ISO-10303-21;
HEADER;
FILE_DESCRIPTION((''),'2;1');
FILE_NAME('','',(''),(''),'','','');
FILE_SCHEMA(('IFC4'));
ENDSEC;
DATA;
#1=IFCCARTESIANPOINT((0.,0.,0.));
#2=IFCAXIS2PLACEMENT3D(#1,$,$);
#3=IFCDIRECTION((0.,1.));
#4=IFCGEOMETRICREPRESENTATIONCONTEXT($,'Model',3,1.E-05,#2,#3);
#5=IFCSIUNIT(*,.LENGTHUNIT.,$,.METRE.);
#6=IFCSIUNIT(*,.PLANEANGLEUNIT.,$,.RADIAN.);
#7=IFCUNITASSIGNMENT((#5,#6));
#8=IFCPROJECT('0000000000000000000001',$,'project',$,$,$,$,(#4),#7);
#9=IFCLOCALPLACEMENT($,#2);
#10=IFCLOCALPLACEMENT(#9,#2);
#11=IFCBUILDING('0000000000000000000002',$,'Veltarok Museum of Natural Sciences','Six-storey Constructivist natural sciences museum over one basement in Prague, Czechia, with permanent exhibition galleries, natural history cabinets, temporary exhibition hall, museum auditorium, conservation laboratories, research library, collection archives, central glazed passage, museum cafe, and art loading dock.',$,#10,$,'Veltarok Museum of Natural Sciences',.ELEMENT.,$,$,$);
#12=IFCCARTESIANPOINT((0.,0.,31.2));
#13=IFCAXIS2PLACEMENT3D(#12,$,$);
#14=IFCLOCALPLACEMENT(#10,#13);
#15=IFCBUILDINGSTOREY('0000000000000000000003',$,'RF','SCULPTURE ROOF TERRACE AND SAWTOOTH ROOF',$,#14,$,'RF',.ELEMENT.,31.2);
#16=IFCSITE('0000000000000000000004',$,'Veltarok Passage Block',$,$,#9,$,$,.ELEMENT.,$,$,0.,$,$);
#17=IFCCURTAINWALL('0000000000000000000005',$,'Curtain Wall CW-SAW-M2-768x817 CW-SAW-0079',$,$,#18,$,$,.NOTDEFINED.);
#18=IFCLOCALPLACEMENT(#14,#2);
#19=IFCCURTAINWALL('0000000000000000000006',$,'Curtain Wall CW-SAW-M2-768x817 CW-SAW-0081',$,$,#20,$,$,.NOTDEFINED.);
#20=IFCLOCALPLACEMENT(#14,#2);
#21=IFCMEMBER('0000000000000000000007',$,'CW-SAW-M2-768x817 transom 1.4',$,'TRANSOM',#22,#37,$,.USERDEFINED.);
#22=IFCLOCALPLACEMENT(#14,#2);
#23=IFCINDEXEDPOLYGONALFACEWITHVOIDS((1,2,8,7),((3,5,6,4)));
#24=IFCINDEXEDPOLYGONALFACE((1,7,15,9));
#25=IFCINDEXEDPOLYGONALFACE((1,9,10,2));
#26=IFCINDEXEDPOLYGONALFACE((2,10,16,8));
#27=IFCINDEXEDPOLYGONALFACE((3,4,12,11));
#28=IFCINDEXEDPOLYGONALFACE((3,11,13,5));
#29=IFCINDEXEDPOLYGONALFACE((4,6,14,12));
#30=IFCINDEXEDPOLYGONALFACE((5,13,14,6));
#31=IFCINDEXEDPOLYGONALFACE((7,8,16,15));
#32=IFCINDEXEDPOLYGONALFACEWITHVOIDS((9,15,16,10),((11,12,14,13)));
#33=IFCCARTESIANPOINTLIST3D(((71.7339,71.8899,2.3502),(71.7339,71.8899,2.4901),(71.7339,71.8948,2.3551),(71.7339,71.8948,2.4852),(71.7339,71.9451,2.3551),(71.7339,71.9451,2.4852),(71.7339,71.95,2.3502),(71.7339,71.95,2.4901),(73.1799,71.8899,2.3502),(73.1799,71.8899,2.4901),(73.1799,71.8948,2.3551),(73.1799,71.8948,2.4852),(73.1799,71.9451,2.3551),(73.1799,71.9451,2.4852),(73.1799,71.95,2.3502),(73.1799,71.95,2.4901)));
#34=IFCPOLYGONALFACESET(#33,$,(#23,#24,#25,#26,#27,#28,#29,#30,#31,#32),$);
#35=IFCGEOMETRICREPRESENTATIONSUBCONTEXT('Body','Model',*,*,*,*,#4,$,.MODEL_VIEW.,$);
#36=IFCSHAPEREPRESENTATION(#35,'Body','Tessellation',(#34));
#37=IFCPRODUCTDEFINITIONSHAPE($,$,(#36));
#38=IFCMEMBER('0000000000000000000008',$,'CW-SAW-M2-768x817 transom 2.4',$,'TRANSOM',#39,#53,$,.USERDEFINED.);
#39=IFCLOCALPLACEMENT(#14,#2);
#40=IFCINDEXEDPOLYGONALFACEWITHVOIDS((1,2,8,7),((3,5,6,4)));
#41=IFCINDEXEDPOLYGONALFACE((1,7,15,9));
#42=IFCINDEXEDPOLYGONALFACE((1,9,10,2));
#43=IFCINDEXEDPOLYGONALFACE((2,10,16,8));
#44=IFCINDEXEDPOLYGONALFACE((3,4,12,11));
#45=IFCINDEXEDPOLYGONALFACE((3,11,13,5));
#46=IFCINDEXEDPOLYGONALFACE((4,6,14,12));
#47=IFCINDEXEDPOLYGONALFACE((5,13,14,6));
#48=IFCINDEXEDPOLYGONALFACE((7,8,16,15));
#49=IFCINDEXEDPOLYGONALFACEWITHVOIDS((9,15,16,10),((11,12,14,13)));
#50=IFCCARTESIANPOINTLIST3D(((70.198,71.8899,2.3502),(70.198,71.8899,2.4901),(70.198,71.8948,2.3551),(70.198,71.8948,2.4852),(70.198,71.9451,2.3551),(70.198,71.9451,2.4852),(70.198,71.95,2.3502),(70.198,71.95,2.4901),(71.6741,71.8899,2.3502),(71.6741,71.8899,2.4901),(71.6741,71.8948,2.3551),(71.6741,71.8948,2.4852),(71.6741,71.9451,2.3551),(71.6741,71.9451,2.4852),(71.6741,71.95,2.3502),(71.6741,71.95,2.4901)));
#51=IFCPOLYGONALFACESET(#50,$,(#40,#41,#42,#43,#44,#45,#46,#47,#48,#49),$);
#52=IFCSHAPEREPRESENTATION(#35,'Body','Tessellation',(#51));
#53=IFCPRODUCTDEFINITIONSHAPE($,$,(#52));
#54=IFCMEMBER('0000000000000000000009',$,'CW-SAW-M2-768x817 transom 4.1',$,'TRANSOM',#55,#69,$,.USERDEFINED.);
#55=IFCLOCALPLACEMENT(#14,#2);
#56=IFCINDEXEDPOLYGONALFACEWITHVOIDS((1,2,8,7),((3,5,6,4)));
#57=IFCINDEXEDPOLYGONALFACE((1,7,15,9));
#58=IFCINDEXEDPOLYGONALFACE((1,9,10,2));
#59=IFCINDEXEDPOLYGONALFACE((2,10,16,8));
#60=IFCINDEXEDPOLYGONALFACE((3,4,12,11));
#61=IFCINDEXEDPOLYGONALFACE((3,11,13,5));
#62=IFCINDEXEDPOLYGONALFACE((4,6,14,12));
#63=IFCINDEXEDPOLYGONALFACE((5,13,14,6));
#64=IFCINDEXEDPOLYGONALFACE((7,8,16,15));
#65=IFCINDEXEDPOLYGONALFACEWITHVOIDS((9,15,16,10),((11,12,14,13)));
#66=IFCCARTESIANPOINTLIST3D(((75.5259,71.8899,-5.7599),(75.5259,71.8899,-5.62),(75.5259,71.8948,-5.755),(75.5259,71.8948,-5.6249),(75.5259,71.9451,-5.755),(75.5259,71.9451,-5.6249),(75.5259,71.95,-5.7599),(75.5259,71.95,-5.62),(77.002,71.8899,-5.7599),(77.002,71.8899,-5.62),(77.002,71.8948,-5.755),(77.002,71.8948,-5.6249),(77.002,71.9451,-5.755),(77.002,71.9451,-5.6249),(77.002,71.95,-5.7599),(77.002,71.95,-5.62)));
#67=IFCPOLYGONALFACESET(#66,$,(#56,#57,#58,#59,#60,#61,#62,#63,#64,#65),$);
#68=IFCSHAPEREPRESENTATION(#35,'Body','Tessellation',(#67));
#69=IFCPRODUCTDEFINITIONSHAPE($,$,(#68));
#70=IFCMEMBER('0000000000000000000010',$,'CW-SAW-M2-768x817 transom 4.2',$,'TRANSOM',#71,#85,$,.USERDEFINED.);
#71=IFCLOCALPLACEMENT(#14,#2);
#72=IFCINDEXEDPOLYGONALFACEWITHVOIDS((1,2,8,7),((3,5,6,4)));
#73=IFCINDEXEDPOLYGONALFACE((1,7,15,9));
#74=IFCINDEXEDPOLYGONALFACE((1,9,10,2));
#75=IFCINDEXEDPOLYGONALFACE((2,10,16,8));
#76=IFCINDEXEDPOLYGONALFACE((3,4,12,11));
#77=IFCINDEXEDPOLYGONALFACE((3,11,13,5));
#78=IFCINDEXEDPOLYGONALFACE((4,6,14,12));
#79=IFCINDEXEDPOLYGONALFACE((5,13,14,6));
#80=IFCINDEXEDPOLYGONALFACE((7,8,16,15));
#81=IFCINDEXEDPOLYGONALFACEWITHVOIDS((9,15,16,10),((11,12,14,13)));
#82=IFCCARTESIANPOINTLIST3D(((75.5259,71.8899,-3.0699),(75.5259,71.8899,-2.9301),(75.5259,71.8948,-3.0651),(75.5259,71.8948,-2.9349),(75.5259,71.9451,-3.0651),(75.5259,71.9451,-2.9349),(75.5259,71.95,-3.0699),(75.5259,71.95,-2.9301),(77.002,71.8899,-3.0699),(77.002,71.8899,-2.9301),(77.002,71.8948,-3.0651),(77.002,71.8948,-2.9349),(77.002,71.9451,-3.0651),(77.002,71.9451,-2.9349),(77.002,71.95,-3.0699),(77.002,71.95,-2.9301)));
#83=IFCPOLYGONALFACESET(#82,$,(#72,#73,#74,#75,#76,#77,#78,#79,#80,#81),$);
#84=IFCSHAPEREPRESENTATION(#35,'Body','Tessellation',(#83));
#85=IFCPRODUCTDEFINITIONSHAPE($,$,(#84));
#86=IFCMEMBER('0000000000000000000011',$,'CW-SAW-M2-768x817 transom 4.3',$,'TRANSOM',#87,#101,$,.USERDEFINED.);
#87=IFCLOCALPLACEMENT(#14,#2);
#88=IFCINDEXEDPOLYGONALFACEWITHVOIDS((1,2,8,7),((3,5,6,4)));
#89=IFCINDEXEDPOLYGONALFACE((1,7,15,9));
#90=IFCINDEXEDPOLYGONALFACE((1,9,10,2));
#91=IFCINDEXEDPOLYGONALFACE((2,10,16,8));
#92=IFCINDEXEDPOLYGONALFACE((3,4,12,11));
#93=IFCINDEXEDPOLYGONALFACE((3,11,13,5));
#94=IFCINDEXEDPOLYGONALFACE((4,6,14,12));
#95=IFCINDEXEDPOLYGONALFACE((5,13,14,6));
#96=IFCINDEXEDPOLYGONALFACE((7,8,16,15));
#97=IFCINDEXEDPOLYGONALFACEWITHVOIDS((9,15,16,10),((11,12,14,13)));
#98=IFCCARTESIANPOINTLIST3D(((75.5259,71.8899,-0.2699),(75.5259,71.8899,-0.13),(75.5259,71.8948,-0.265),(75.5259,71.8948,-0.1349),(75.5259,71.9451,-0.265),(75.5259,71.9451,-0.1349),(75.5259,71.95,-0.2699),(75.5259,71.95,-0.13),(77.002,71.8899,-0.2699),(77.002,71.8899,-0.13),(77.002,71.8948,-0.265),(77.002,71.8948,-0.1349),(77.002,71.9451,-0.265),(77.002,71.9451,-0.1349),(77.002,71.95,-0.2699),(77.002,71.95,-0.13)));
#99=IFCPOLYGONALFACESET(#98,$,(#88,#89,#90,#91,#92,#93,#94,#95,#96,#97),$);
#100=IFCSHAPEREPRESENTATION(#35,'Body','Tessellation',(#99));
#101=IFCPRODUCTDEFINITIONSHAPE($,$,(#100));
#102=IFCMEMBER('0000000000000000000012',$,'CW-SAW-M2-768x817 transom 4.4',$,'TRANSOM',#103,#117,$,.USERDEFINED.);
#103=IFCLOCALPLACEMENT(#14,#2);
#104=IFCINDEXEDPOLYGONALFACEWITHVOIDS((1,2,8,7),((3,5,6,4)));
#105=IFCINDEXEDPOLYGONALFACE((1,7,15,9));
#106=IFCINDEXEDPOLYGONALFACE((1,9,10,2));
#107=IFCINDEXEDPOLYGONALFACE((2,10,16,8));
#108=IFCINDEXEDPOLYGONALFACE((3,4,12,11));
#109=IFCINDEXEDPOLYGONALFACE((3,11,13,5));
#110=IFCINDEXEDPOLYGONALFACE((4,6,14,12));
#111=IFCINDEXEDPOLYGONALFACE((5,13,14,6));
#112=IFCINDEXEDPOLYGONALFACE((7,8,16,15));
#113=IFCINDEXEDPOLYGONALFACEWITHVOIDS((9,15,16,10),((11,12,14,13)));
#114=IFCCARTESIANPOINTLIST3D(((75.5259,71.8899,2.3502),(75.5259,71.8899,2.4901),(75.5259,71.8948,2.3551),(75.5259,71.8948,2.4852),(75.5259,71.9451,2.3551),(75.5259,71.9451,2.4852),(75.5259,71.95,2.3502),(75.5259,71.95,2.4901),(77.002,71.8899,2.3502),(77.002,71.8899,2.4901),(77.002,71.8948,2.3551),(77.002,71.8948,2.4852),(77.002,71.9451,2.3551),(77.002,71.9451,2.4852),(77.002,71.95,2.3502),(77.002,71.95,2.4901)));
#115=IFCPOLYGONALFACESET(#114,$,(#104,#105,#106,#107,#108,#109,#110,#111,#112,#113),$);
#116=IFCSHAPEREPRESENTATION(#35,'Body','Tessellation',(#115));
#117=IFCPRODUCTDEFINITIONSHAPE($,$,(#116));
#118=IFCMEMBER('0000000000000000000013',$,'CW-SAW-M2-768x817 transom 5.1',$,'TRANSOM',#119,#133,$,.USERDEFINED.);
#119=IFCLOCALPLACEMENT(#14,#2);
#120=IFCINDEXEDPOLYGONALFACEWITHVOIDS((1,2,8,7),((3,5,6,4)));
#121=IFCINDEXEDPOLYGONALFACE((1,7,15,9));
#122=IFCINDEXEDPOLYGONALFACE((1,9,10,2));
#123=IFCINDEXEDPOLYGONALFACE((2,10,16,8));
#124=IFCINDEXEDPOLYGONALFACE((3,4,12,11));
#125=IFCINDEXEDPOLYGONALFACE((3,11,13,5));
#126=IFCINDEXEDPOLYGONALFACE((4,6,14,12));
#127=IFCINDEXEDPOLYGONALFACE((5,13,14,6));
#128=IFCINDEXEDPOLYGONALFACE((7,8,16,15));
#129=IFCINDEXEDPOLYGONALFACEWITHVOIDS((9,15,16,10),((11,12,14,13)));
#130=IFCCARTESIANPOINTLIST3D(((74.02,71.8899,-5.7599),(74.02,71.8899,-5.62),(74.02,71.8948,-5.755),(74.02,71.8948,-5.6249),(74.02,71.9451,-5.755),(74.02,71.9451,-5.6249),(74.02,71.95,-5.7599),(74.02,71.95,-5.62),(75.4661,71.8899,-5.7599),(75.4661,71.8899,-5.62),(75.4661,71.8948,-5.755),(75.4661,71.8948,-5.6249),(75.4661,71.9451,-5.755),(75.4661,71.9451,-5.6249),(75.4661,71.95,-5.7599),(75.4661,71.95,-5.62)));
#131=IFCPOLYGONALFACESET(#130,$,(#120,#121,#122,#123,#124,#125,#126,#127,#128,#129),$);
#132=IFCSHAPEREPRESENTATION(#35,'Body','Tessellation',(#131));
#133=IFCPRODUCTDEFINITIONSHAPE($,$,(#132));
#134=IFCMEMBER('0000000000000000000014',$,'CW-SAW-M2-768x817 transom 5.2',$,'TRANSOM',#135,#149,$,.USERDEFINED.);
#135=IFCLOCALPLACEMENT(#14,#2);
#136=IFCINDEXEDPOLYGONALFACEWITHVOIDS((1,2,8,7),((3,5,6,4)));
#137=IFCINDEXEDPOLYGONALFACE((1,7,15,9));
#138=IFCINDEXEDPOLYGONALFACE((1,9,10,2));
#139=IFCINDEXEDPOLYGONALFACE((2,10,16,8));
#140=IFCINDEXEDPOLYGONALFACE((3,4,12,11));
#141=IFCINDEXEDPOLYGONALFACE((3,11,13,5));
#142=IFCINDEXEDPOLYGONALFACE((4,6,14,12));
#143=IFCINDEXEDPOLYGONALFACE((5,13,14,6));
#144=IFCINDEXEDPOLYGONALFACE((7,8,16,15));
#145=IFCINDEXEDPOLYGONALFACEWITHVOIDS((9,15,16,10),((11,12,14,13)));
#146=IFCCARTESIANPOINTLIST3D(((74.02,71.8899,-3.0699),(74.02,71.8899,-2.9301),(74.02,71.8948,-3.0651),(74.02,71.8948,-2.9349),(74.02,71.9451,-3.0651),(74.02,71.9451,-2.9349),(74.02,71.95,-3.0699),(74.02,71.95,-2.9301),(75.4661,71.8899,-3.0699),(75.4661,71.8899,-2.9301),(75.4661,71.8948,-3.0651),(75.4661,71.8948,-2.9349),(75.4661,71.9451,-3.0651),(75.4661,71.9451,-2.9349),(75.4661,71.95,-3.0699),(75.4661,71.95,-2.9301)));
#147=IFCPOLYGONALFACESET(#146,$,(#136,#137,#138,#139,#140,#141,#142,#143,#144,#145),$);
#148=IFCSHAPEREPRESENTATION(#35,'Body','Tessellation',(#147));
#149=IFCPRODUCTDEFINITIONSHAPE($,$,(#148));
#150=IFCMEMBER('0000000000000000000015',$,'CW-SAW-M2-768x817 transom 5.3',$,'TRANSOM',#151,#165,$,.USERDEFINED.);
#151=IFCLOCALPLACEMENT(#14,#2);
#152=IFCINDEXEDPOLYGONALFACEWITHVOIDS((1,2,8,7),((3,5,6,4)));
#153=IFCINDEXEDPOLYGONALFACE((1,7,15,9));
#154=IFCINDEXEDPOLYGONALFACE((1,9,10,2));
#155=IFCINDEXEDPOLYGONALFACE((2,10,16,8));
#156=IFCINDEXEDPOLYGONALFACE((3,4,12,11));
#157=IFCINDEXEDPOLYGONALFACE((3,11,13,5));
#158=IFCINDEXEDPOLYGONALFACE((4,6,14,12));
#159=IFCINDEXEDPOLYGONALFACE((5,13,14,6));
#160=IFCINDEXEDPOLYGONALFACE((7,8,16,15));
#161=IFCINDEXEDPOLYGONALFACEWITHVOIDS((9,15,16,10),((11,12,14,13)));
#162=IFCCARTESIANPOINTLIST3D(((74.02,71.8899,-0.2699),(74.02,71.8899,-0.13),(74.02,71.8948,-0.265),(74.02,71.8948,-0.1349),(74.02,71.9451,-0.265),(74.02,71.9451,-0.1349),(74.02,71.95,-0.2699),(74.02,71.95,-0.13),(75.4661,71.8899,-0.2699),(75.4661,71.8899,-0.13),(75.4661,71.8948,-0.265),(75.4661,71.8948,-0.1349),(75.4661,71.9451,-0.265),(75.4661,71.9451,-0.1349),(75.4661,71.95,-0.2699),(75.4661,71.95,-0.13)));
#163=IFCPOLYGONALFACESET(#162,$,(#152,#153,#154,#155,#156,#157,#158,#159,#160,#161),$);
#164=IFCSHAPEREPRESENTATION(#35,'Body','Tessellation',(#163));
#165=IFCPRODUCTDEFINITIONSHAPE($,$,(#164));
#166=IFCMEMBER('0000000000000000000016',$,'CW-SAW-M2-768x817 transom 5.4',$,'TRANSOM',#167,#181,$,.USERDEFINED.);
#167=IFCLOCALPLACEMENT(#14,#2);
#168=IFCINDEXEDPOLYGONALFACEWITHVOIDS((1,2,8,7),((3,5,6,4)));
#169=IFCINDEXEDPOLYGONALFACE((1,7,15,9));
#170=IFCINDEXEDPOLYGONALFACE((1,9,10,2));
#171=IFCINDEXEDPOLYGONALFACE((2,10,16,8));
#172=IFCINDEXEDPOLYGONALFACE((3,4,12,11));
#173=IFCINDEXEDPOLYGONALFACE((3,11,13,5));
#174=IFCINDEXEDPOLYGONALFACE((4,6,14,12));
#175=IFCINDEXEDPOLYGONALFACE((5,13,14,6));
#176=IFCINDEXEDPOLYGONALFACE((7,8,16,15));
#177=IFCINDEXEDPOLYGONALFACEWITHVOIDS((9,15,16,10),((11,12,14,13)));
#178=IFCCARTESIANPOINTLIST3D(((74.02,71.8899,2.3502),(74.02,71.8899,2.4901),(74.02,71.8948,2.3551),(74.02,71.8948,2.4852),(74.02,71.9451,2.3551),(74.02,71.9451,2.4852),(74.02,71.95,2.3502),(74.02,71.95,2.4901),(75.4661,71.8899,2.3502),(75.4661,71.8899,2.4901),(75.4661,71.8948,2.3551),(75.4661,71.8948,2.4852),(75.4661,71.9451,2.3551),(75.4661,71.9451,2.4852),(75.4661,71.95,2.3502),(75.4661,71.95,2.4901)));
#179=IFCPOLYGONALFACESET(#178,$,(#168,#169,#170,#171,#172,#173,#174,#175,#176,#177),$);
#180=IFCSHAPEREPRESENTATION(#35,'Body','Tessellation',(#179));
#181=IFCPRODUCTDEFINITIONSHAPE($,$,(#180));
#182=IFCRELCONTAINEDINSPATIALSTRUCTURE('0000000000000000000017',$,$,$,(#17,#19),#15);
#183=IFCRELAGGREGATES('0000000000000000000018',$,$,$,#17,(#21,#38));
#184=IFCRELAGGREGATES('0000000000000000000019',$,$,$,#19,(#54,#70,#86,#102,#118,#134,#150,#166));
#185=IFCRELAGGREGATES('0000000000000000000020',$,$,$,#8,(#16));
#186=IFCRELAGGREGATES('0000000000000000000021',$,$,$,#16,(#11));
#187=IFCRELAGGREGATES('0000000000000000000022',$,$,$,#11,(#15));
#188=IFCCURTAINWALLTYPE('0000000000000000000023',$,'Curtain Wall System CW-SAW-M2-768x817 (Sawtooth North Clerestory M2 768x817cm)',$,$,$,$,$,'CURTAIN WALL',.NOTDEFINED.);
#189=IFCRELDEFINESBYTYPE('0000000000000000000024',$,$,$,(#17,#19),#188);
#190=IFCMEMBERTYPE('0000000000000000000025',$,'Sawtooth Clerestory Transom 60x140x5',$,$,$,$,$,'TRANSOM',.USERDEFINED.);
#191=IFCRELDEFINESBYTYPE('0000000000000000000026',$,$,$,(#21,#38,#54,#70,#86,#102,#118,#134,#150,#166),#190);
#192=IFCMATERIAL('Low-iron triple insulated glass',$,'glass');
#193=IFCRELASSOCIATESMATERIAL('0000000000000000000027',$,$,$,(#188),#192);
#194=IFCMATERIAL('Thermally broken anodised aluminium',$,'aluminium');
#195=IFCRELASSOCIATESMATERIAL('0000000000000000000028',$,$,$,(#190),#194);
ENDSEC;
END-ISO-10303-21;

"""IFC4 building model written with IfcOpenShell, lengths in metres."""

from ifc_helpers import new_model, si_unit, direction, frame, origin, origin_2d, place, context, subcontext, project, spatial, hollow_rectangle, extrude, material, material_profile, profile_set, type_object, element, aggregate, save


model = new_model("IFC4")

# Units and contexts
model_context = context("Model", 3, precision=1e-05, world=origin(), true_north=direction((0.0, 1.0)))
body_context = subcontext(model_context, "Body", "Model", "MODEL_VIEW")
ifc_project = project(units=[si_unit("LENGTHUNIT", "METRE"), si_unit("PLANEANGLEUNIT", "RADIAN")], contexts=[model_context])

# Site, building, storey
site_placement = place(None, origin())
site = spatial("IfcSite", under=ifc_project, at=site_placement, Name="Veltarok Passage Block", CompositionType="ELEMENT", RefElevation=0.0)
building_placement = place(site_placement, origin())
building = spatial("IfcBuilding", under=site, at=building_placement, Name="Veltarok Museum of Natural Sciences", Description="Six-storey Constructivist natural sciences museum over one basement in Prague, Czechia, with permanent exhibition galleries, natural history cabinets, temporary exhibition hall, museum auditorium, conservation laboratories, research library, collection archives, central glazed passage, museum cafe, and art loading dock.", LongName="Veltarok Museum of Natural Sciences", CompositionType="ELEMENT")
storey_placement = place(building_placement, frame((0.0, 0.0, 31.2)))
storey = spatial("IfcBuildingStorey", under=building, at=storey_placement, Name="RF", Description="SCULPTURE ROOF TERRACE AND SAWTOOTH ROOF", LongName="RF", CompositionType="ELEMENT", Elevation=31.2)

# Curtain walls
ifc_material_1 = material(Name="Low-iron triple insulated glass", Category="glass")
curtain_wall_type = type_object("IfcCurtainWallType", Name="Curtain Wall System CW-SAW-M2-768x817 (Sawtooth North Clerestory M2 768x817cm)", ElementType="CURTAIN WALL", PredefinedType="NOTDEFINED", material=ifc_material_1)
curtain_wall_1_placement = place(storey_placement, origin())
curtain_wall_1 = element("IfcCurtainWall", 1, at=curtain_wall_1_placement, inside=storey, type_object=curtain_wall_type, Name="Curtain Wall CW-SAW-M2-768x817 CW-SAW-0079", PredefinedType="NOTDEFINED")
ifc_material_2 = material(Name="Thermally broken anodised aluminium", Category="aluminium")
curtain_wall_2_placement = place(storey_placement, origin())
curtain_wall_2 = element("IfcCurtainWall", 2, at=curtain_wall_2_placement, inside=storey, type_object=curtain_wall_type, Name="Curtain Wall CW-SAW-M2-768x817 CW-SAW-0081", PredefinedType="NOTDEFINED")

# Members
ifc_material_profile_1 = material_profile(ifc_material_2, hollow_rectangle(XDim=0.0601, YDim=0.1399, WallThickness=0.0049, at=origin_2d()), Name="CW TRANSOM 60x140x5")
ifc_profile_set_1 = profile_set([ifc_material_profile_1], Name="Thermally broken anodised aluminium")
member_type_1 = type_object("IfcMemberType", Name="Sawtooth Clerestory Transom 60x140x5", ElementType="TRANSOM", PredefinedType="USERDEFINED", material=ifc_profile_set_1)
member_1_placement = place(storey_placement, frame((73.1799, 71.9199, 2.4202), z_axis=(-1.0, 0.0, 0.0), x_axis=(0.0, -1.0, 0.0)))
member_1 = element("IfcMember", 3, at=member_1_placement, type_object=member_type_1, Name="CW-SAW-M2-768x817 transom 1.4", ObjectType="TRANSOM", PredefinedType="USERDEFINED", context=body_context, shape_type="SweptSolid", body=[
    extrude(hollow_rectangle(XDim=0.0601, YDim=0.1399, WallThickness=0.0049, at=origin_2d()), origin(), (0.0, 0.0, 1.0), 1.446),
])
member_2_placement = place(storey_placement, frame((71.6741, 71.9199, 2.4202), z_axis=(-1.0, 0.0, 0.0), x_axis=(0.0, -1.0, 0.0)))
member_2 = element("IfcMember", 4, at=member_2_placement, type_object=member_type_1, Name="CW-SAW-M2-768x817 transom 2.4", ObjectType="TRANSOM", PredefinedType="USERDEFINED", context=body_context, shape_type="SweptSolid", body=[
    extrude(hollow_rectangle(XDim=0.0601, YDim=0.1399, WallThickness=0.0049, at=origin_2d()), origin(), (0.0, 0.0, 1.0), 1.4761),
])
member_3_placement = place(storey_placement, frame((77.002, 71.9199, -5.6899), z_axis=(-1.0, 0.0, 0.0), x_axis=(0.0, -1.0, 0.0)))
member_3 = element("IfcMember", 5, at=member_3_placement, type_object=member_type_1, Name="CW-SAW-M2-768x817 transom 4.1", ObjectType="TRANSOM", PredefinedType="USERDEFINED", context=body_context, shape_type="SweptSolid", body=[
    extrude(hollow_rectangle(XDim=0.0601, YDim=0.1399, WallThickness=0.0049, at=origin_2d()), origin(), (0.0, 0.0, 1.0), 1.4761),
])
member_4_placement = place(storey_placement, frame((77.002, 71.9199, -3.0), z_axis=(-1.0, 0.0, 0.0), x_axis=(0.0, -1.0, 0.0)))
member_4 = element("IfcMember", 6, at=member_4_placement, type_object=member_type_1, Name="CW-SAW-M2-768x817 transom 4.2", ObjectType="TRANSOM", PredefinedType="USERDEFINED", context=body_context, shape_type="SweptSolid", body=[
    extrude(hollow_rectangle(XDim=0.0601, YDim=0.1399, WallThickness=0.0049, at=origin_2d()), origin(), (0.0, 0.0, 1.0), 1.4761),
])
member_5_placement = place(storey_placement, frame((77.002, 71.9199, -0.2), z_axis=(-1.0, 0.0, 0.0), x_axis=(0.0, -1.0, 0.0)))
member_5 = element("IfcMember", 7, at=member_5_placement, type_object=member_type_1, Name="CW-SAW-M2-768x817 transom 4.3", ObjectType="TRANSOM", PredefinedType="USERDEFINED", context=body_context, shape_type="SweptSolid", body=[
    extrude(hollow_rectangle(XDim=0.0601, YDim=0.1399, WallThickness=0.0049, at=origin_2d()), origin(), (0.0, 0.0, 1.0), 1.4761),
])
member_6_placement = place(storey_placement, frame((77.002, 71.9199, 2.4202), z_axis=(-1.0, 0.0, 0.0), x_axis=(0.0, -1.0, 0.0)))
member_6 = element("IfcMember", 8, at=member_6_placement, type_object=member_type_1, Name="CW-SAW-M2-768x817 transom 4.4", ObjectType="TRANSOM", PredefinedType="USERDEFINED", context=body_context, shape_type="SweptSolid", body=[
    extrude(hollow_rectangle(XDim=0.0601, YDim=0.1399, WallThickness=0.0049, at=origin_2d()), origin(), (0.0, 0.0, 1.0), 1.4761),
])
member_7_placement = place(storey_placement, frame((75.4661, 71.9199, -5.6899), z_axis=(-1.0, 0.0, 0.0), x_axis=(0.0, -1.0, 0.0)))
member_7 = element("IfcMember", 9, at=member_7_placement, type_object=member_type_1, Name="CW-SAW-M2-768x817 transom 5.1", ObjectType="TRANSOM", PredefinedType="USERDEFINED", context=body_context, shape_type="SweptSolid", body=[
    extrude(hollow_rectangle(XDim=0.0601, YDim=0.1399, WallThickness=0.0049, at=origin_2d()), origin(), (0.0, 0.0, 1.0), 1.446),
])
member_8_placement = place(storey_placement, frame((75.4661, 71.9199, -3.0), z_axis=(-1.0, 0.0, 0.0), x_axis=(0.0, -1.0, 0.0)))
member_8 = element("IfcMember", 10, at=member_8_placement, type_object=member_type_1, Name="CW-SAW-M2-768x817 transom 5.2", ObjectType="TRANSOM", PredefinedType="USERDEFINED", context=body_context, shape_type="SweptSolid", body=[
    extrude(hollow_rectangle(XDim=0.0601, YDim=0.1399, WallThickness=0.0049, at=origin_2d()), origin(), (0.0, 0.0, 1.0), 1.446),
])
member_9_placement = place(storey_placement, frame((75.4661, 71.9199, -0.2), z_axis=(-1.0, 0.0, 0.0), x_axis=(0.0, -1.0, 0.0)))
member_9 = element("IfcMember", 11, at=member_9_placement, type_object=member_type_1, Name="CW-SAW-M2-768x817 transom 5.3", ObjectType="TRANSOM", PredefinedType="USERDEFINED", context=body_context, shape_type="SweptSolid", body=[
    extrude(hollow_rectangle(XDim=0.0601, YDim=0.1399, WallThickness=0.0049, at=origin_2d()), origin(), (0.0, 0.0, 1.0), 1.446),
])
member_10_placement = place(storey_placement, frame((75.4661, 71.9199, 2.4202), z_axis=(-1.0, 0.0, 0.0), x_axis=(0.0, -1.0, 0.0)))
member_10 = element("IfcMember", 12, at=member_10_placement, type_object=member_type_1, Name="CW-SAW-M2-768x817 transom 5.4", ObjectType="TRANSOM", PredefinedType="USERDEFINED", context=body_context, shape_type="SweptSolid", body=[
    extrude(hollow_rectangle(XDim=0.0601, YDim=0.1399, WallThickness=0.0049, at=origin_2d()), origin(), (0.0, 0.0, 1.0), 1.446),
])

aggregate(curtain_wall_1, [member_1, member_2])
aggregate(curtain_wall_2, [member_3, member_4, member_5, member_6, member_7, member_8, member_9, member_10])

save(model, "model.ifc")
